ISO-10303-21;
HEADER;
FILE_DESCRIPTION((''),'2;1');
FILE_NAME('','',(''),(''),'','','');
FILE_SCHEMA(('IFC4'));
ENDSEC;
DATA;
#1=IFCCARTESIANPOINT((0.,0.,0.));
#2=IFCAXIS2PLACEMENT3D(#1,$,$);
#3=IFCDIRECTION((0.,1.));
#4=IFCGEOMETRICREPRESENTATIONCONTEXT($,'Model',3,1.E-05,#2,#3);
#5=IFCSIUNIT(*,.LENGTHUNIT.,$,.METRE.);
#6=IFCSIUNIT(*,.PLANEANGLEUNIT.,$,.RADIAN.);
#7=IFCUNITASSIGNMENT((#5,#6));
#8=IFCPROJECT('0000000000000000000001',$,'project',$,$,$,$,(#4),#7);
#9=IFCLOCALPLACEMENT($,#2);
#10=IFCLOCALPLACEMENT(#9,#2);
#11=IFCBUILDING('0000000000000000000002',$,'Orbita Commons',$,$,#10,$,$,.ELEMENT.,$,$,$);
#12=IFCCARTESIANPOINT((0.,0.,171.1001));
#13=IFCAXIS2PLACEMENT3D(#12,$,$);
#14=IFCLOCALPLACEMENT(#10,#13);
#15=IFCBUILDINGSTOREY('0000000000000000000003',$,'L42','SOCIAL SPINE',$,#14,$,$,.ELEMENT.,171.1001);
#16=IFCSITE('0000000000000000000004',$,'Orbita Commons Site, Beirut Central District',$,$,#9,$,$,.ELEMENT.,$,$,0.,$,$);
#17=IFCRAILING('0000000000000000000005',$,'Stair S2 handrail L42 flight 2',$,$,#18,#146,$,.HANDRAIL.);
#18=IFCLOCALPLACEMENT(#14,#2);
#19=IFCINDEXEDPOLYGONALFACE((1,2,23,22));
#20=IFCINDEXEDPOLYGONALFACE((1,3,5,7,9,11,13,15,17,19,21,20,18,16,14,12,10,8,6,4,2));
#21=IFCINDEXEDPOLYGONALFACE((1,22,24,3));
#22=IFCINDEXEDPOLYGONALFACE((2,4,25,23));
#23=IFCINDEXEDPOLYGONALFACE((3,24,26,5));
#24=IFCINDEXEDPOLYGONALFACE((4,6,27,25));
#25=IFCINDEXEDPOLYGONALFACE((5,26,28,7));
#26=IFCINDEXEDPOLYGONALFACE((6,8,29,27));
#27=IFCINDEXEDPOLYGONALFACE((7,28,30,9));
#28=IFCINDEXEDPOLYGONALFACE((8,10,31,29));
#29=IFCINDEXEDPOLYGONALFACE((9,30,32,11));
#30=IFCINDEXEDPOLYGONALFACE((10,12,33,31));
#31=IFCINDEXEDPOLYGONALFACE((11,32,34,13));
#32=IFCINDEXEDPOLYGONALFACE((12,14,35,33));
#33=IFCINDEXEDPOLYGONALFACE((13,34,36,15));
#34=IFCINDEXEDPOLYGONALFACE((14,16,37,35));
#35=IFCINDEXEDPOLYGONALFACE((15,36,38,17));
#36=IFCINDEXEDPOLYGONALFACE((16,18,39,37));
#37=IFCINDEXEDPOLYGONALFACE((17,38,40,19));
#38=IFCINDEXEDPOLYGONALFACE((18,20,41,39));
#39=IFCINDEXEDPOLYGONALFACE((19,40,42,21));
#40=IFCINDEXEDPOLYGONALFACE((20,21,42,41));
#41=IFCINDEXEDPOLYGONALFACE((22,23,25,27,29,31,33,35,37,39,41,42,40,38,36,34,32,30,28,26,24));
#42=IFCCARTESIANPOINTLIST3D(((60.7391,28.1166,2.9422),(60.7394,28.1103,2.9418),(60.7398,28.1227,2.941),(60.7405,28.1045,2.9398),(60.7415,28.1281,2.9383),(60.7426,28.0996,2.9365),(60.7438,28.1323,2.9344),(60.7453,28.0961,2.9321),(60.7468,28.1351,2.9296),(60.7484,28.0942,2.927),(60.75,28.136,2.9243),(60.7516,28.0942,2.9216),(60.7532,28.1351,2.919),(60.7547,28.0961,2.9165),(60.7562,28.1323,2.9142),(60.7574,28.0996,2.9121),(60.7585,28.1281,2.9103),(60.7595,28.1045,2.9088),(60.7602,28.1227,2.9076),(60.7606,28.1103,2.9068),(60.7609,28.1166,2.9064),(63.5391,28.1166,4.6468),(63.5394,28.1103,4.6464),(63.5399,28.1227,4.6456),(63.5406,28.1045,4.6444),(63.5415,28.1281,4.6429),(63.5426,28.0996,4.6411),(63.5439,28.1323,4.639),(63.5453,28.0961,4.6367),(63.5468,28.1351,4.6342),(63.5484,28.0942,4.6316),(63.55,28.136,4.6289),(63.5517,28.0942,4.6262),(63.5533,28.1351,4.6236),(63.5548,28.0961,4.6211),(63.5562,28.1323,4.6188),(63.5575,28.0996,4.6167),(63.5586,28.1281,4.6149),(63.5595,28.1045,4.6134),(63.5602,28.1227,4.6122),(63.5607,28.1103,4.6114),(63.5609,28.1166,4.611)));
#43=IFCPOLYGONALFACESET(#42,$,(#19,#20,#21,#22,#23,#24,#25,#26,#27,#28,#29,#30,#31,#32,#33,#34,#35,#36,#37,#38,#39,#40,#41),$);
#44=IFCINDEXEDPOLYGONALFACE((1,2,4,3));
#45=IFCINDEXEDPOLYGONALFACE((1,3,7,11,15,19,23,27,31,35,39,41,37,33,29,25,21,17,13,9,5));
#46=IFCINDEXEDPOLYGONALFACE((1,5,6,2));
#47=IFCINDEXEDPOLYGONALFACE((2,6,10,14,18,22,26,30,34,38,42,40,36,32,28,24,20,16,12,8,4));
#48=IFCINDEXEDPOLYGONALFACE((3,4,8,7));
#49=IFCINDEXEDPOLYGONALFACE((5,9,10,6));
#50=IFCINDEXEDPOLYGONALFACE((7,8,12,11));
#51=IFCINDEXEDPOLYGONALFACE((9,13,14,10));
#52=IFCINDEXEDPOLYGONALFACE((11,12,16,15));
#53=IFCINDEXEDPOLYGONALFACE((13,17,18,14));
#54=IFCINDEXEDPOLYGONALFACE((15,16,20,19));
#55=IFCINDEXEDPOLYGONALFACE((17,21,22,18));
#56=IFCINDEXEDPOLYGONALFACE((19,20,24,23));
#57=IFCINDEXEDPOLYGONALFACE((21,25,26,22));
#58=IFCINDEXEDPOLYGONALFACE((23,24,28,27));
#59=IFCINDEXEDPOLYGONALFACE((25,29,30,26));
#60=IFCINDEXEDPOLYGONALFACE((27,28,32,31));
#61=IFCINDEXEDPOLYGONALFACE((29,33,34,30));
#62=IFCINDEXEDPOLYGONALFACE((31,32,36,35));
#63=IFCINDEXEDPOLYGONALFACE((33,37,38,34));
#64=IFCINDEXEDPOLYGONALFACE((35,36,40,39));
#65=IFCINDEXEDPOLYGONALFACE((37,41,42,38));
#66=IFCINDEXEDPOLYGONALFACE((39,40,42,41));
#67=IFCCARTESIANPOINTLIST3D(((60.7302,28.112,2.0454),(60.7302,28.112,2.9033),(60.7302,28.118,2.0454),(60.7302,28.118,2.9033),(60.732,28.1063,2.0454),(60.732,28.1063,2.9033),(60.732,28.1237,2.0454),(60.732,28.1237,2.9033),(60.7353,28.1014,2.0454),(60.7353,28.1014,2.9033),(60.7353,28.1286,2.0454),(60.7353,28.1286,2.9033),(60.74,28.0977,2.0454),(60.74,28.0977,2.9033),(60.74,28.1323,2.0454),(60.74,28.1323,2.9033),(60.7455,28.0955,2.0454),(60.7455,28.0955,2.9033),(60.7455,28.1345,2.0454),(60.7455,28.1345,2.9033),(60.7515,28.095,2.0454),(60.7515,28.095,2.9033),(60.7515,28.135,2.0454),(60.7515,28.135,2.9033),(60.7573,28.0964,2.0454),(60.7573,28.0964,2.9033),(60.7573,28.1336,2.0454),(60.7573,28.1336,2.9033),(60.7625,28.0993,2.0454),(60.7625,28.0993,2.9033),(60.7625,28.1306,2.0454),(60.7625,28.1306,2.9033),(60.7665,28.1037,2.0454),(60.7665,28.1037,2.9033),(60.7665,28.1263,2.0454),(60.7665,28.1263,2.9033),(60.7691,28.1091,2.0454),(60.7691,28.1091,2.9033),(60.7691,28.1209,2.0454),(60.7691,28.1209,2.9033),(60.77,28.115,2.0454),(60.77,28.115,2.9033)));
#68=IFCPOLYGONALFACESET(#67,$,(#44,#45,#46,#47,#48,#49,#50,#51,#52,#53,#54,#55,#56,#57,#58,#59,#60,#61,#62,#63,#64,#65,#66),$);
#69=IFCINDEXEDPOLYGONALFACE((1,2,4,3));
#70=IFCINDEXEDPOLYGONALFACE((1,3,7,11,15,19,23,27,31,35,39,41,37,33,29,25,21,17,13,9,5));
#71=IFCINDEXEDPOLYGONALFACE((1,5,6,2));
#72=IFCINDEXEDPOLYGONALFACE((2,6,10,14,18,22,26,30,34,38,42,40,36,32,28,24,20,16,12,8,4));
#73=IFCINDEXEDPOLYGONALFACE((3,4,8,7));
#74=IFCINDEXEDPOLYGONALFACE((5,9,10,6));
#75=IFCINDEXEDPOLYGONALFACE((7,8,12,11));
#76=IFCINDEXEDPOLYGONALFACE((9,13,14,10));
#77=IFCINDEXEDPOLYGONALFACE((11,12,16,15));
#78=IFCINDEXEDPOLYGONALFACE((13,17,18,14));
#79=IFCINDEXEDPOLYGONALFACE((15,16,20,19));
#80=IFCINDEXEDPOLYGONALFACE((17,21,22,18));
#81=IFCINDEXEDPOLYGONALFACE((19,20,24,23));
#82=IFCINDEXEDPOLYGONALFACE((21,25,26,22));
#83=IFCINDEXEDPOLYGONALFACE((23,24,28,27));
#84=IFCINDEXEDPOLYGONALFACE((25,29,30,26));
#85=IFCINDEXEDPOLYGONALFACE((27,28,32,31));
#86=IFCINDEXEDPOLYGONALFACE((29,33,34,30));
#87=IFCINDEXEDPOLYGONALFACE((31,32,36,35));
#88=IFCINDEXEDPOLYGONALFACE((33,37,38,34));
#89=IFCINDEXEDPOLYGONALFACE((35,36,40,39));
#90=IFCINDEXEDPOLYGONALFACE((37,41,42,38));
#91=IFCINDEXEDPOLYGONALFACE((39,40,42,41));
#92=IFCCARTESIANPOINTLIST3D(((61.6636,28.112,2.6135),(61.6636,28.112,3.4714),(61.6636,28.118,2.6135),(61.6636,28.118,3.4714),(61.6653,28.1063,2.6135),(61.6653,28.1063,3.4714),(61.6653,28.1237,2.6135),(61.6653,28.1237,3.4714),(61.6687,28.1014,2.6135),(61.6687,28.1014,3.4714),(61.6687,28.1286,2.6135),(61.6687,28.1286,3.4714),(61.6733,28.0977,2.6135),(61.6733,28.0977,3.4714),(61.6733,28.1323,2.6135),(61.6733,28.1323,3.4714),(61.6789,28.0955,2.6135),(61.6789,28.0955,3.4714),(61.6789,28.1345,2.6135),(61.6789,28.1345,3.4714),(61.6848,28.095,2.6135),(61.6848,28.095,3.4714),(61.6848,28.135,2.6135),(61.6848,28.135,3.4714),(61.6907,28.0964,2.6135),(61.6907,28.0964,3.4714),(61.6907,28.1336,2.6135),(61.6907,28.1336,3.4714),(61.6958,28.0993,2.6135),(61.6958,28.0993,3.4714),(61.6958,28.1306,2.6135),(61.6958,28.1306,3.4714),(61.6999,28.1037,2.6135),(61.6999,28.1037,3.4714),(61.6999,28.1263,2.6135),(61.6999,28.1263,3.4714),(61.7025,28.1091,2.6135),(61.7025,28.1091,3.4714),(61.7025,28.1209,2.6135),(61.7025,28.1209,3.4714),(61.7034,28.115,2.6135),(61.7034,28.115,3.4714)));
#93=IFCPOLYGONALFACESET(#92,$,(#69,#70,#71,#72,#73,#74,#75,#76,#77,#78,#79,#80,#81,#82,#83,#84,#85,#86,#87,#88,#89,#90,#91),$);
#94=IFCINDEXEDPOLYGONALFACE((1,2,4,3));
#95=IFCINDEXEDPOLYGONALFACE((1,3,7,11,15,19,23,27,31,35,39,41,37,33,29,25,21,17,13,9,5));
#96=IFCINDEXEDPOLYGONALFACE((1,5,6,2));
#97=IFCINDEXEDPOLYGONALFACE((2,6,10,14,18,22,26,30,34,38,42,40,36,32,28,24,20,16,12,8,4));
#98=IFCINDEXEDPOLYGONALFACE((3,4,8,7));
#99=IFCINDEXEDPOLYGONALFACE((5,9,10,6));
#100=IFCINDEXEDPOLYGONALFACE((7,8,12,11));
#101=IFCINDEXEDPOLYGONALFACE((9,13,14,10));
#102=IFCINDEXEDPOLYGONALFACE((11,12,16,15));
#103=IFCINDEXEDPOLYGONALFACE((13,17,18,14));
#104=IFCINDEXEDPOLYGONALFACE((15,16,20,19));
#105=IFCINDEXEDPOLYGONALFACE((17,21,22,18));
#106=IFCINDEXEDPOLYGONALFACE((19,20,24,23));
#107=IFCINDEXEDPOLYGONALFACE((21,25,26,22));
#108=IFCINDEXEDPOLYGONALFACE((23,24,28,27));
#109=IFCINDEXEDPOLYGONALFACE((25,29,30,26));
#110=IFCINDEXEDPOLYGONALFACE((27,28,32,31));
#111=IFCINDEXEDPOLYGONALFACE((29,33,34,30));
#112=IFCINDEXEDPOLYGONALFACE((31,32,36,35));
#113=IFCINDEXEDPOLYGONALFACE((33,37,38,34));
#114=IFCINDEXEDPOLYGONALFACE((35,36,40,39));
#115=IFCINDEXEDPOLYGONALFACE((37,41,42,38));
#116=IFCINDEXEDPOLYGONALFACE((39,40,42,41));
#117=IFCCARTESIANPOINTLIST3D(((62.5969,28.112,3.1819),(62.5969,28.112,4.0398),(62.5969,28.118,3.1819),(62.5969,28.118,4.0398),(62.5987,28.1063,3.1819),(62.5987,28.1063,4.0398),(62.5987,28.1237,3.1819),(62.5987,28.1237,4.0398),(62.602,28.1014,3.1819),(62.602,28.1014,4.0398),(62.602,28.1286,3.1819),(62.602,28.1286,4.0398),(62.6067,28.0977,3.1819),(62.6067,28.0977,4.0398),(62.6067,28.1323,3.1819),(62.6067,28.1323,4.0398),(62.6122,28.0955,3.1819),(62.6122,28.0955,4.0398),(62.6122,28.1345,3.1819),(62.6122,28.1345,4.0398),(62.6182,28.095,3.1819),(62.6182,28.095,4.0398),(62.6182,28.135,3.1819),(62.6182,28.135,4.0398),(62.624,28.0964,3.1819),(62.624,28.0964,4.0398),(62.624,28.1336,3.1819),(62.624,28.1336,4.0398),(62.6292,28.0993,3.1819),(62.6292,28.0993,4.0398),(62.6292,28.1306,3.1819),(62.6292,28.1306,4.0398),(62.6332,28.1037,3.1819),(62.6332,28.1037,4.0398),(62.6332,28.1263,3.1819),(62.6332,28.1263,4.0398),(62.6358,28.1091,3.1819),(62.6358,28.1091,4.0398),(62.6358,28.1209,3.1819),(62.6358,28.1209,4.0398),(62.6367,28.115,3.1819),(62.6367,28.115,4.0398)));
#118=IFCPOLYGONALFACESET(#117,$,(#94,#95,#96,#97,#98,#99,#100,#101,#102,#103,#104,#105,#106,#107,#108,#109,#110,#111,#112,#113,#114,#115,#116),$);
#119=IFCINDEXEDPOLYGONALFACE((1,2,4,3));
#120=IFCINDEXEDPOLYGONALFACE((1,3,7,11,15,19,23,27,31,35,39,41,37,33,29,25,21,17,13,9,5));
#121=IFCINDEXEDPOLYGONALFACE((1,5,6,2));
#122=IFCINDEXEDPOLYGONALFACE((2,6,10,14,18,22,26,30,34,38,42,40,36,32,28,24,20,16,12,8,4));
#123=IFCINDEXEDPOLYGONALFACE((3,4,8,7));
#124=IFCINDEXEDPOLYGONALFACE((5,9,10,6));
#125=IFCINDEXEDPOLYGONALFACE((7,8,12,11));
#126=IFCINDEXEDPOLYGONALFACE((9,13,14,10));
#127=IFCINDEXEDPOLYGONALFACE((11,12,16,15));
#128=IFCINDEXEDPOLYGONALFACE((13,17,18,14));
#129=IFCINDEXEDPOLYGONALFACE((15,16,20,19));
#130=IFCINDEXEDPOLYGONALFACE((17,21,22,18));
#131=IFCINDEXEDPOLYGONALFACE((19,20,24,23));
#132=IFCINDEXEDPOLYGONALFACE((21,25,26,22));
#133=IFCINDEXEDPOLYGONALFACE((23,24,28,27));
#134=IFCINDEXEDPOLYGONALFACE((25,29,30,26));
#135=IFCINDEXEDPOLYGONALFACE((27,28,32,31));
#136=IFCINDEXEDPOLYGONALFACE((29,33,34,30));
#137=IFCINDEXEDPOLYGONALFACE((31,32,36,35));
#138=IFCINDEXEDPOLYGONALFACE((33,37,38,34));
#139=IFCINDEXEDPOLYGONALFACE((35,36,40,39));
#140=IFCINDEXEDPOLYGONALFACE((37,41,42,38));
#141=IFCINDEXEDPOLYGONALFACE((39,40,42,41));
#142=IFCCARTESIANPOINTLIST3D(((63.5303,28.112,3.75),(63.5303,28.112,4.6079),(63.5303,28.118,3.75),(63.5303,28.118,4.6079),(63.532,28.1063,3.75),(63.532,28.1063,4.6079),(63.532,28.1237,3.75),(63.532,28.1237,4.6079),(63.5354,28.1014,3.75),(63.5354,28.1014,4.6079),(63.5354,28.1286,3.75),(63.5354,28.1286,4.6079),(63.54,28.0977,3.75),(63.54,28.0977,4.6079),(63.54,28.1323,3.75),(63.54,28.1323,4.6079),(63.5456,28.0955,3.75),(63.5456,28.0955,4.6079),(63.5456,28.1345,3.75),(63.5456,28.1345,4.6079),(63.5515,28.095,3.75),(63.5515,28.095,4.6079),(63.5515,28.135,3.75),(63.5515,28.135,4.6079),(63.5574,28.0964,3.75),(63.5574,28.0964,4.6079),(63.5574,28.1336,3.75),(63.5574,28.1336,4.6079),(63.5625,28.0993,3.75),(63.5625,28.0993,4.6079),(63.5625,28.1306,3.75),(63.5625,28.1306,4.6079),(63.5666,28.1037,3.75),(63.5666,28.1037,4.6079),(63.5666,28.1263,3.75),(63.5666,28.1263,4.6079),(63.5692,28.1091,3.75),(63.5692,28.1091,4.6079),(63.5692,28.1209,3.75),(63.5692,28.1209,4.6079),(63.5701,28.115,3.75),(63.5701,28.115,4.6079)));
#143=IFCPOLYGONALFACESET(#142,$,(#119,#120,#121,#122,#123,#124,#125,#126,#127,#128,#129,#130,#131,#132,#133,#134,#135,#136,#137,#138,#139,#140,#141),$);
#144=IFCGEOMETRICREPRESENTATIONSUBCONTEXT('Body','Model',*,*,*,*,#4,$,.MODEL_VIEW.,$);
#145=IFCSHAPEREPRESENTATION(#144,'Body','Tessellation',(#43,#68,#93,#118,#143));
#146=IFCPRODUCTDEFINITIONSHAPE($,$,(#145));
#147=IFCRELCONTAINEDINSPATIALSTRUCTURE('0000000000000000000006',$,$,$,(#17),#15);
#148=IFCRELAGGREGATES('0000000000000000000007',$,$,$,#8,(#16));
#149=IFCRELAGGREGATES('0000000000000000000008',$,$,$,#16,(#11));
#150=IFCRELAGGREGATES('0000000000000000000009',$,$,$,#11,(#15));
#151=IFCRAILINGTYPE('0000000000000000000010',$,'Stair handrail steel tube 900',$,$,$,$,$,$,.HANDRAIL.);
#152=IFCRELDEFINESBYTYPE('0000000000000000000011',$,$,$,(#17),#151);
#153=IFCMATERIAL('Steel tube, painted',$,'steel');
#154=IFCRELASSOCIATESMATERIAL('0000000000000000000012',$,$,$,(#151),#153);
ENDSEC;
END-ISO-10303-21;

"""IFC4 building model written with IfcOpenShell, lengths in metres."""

from ifc_helpers import new_model, si_unit, direction, frame, origin, origin_2d, place, context, subcontext, project, spatial, circle, extrude, material, type_object, element, save


model = new_model("IFC4")

# Units and contexts
model_context = context("Model", 3, precision=1e-05, world=origin(), true_north=direction((0.0, 1.0)))
body_context = subcontext(model_context, "Body", "Model", "MODEL_VIEW")
ifc_project = project(units=[si_unit("LENGTHUNIT", "METRE"), si_unit("PLANEANGLEUNIT", "RADIAN")], contexts=[model_context])

# Site, building, storey
site_placement = place(None, origin())
site = spatial("IfcSite", under=ifc_project, at=site_placement, Name="Orbita Commons Site, Beirut Central District", CompositionType="ELEMENT", RefElevation=0.0)
building_placement = place(site_placement, origin())
building = spatial("IfcBuilding", under=site, at=building_placement, Name="Orbita Commons", CompositionType="ELEMENT")
storey_placement = place(building_placement, frame((0.0, 0.0, 171.1001)))
storey = spatial("IfcBuildingStorey", under=building, at=storey_placement, Name="L42", Description="SOCIAL SPINE", CompositionType="ELEMENT", Elevation=171.1001)

# Railing
ifc_material_1 = material(Name="Steel tube, painted", Category="steel")
railing_type = type_object("IfcRailingType", Name="Stair handrail steel tube 900", PredefinedType="HANDRAIL", material=ifc_material_1)
for number, where, name in (
    (1, (60.75, 28.115, 2.0454), "Stair S2 handrail L42 flight 2"),
):
    element("IfcRailing", number, at=place(storey_placement, frame(where)), inside=storey, type_object=railing_type, Name=name, PredefinedType="HANDRAIL", context=body_context, shape_type="SweptSolid", body=[
        extrude(circle(Radius=0.021, at=origin_2d()), frame((0.0, 0.0, 0.8789), z_axis=(0.85417, 0.0, 0.519994), x_axis=(0.0, 1.0, 0.0)), (0.0, 0.0, 1.0), 3.2781),
        extrude(circle(Radius=0.02, at=origin_2d()), origin(), (0.0, 0.0, 1.0), 0.8579),
        extrude(circle(Radius=0.02, at=origin_2d()), frame((0.9333, 0.0, 0.5681)), (0.0, 0.0, 1.0), 0.8579),
        extrude(circle(Radius=0.02, at=origin_2d()), frame((1.8667, 0.0, 1.1365)), (0.0, 0.0, 1.0), 0.8579),
        extrude(circle(Radius=0.02, at=origin_2d()), frame((2.8, 0.0, 1.7046)), (0.0, 0.0, 1.0), 0.8579),
    ])

save(model, "model.ifc")
